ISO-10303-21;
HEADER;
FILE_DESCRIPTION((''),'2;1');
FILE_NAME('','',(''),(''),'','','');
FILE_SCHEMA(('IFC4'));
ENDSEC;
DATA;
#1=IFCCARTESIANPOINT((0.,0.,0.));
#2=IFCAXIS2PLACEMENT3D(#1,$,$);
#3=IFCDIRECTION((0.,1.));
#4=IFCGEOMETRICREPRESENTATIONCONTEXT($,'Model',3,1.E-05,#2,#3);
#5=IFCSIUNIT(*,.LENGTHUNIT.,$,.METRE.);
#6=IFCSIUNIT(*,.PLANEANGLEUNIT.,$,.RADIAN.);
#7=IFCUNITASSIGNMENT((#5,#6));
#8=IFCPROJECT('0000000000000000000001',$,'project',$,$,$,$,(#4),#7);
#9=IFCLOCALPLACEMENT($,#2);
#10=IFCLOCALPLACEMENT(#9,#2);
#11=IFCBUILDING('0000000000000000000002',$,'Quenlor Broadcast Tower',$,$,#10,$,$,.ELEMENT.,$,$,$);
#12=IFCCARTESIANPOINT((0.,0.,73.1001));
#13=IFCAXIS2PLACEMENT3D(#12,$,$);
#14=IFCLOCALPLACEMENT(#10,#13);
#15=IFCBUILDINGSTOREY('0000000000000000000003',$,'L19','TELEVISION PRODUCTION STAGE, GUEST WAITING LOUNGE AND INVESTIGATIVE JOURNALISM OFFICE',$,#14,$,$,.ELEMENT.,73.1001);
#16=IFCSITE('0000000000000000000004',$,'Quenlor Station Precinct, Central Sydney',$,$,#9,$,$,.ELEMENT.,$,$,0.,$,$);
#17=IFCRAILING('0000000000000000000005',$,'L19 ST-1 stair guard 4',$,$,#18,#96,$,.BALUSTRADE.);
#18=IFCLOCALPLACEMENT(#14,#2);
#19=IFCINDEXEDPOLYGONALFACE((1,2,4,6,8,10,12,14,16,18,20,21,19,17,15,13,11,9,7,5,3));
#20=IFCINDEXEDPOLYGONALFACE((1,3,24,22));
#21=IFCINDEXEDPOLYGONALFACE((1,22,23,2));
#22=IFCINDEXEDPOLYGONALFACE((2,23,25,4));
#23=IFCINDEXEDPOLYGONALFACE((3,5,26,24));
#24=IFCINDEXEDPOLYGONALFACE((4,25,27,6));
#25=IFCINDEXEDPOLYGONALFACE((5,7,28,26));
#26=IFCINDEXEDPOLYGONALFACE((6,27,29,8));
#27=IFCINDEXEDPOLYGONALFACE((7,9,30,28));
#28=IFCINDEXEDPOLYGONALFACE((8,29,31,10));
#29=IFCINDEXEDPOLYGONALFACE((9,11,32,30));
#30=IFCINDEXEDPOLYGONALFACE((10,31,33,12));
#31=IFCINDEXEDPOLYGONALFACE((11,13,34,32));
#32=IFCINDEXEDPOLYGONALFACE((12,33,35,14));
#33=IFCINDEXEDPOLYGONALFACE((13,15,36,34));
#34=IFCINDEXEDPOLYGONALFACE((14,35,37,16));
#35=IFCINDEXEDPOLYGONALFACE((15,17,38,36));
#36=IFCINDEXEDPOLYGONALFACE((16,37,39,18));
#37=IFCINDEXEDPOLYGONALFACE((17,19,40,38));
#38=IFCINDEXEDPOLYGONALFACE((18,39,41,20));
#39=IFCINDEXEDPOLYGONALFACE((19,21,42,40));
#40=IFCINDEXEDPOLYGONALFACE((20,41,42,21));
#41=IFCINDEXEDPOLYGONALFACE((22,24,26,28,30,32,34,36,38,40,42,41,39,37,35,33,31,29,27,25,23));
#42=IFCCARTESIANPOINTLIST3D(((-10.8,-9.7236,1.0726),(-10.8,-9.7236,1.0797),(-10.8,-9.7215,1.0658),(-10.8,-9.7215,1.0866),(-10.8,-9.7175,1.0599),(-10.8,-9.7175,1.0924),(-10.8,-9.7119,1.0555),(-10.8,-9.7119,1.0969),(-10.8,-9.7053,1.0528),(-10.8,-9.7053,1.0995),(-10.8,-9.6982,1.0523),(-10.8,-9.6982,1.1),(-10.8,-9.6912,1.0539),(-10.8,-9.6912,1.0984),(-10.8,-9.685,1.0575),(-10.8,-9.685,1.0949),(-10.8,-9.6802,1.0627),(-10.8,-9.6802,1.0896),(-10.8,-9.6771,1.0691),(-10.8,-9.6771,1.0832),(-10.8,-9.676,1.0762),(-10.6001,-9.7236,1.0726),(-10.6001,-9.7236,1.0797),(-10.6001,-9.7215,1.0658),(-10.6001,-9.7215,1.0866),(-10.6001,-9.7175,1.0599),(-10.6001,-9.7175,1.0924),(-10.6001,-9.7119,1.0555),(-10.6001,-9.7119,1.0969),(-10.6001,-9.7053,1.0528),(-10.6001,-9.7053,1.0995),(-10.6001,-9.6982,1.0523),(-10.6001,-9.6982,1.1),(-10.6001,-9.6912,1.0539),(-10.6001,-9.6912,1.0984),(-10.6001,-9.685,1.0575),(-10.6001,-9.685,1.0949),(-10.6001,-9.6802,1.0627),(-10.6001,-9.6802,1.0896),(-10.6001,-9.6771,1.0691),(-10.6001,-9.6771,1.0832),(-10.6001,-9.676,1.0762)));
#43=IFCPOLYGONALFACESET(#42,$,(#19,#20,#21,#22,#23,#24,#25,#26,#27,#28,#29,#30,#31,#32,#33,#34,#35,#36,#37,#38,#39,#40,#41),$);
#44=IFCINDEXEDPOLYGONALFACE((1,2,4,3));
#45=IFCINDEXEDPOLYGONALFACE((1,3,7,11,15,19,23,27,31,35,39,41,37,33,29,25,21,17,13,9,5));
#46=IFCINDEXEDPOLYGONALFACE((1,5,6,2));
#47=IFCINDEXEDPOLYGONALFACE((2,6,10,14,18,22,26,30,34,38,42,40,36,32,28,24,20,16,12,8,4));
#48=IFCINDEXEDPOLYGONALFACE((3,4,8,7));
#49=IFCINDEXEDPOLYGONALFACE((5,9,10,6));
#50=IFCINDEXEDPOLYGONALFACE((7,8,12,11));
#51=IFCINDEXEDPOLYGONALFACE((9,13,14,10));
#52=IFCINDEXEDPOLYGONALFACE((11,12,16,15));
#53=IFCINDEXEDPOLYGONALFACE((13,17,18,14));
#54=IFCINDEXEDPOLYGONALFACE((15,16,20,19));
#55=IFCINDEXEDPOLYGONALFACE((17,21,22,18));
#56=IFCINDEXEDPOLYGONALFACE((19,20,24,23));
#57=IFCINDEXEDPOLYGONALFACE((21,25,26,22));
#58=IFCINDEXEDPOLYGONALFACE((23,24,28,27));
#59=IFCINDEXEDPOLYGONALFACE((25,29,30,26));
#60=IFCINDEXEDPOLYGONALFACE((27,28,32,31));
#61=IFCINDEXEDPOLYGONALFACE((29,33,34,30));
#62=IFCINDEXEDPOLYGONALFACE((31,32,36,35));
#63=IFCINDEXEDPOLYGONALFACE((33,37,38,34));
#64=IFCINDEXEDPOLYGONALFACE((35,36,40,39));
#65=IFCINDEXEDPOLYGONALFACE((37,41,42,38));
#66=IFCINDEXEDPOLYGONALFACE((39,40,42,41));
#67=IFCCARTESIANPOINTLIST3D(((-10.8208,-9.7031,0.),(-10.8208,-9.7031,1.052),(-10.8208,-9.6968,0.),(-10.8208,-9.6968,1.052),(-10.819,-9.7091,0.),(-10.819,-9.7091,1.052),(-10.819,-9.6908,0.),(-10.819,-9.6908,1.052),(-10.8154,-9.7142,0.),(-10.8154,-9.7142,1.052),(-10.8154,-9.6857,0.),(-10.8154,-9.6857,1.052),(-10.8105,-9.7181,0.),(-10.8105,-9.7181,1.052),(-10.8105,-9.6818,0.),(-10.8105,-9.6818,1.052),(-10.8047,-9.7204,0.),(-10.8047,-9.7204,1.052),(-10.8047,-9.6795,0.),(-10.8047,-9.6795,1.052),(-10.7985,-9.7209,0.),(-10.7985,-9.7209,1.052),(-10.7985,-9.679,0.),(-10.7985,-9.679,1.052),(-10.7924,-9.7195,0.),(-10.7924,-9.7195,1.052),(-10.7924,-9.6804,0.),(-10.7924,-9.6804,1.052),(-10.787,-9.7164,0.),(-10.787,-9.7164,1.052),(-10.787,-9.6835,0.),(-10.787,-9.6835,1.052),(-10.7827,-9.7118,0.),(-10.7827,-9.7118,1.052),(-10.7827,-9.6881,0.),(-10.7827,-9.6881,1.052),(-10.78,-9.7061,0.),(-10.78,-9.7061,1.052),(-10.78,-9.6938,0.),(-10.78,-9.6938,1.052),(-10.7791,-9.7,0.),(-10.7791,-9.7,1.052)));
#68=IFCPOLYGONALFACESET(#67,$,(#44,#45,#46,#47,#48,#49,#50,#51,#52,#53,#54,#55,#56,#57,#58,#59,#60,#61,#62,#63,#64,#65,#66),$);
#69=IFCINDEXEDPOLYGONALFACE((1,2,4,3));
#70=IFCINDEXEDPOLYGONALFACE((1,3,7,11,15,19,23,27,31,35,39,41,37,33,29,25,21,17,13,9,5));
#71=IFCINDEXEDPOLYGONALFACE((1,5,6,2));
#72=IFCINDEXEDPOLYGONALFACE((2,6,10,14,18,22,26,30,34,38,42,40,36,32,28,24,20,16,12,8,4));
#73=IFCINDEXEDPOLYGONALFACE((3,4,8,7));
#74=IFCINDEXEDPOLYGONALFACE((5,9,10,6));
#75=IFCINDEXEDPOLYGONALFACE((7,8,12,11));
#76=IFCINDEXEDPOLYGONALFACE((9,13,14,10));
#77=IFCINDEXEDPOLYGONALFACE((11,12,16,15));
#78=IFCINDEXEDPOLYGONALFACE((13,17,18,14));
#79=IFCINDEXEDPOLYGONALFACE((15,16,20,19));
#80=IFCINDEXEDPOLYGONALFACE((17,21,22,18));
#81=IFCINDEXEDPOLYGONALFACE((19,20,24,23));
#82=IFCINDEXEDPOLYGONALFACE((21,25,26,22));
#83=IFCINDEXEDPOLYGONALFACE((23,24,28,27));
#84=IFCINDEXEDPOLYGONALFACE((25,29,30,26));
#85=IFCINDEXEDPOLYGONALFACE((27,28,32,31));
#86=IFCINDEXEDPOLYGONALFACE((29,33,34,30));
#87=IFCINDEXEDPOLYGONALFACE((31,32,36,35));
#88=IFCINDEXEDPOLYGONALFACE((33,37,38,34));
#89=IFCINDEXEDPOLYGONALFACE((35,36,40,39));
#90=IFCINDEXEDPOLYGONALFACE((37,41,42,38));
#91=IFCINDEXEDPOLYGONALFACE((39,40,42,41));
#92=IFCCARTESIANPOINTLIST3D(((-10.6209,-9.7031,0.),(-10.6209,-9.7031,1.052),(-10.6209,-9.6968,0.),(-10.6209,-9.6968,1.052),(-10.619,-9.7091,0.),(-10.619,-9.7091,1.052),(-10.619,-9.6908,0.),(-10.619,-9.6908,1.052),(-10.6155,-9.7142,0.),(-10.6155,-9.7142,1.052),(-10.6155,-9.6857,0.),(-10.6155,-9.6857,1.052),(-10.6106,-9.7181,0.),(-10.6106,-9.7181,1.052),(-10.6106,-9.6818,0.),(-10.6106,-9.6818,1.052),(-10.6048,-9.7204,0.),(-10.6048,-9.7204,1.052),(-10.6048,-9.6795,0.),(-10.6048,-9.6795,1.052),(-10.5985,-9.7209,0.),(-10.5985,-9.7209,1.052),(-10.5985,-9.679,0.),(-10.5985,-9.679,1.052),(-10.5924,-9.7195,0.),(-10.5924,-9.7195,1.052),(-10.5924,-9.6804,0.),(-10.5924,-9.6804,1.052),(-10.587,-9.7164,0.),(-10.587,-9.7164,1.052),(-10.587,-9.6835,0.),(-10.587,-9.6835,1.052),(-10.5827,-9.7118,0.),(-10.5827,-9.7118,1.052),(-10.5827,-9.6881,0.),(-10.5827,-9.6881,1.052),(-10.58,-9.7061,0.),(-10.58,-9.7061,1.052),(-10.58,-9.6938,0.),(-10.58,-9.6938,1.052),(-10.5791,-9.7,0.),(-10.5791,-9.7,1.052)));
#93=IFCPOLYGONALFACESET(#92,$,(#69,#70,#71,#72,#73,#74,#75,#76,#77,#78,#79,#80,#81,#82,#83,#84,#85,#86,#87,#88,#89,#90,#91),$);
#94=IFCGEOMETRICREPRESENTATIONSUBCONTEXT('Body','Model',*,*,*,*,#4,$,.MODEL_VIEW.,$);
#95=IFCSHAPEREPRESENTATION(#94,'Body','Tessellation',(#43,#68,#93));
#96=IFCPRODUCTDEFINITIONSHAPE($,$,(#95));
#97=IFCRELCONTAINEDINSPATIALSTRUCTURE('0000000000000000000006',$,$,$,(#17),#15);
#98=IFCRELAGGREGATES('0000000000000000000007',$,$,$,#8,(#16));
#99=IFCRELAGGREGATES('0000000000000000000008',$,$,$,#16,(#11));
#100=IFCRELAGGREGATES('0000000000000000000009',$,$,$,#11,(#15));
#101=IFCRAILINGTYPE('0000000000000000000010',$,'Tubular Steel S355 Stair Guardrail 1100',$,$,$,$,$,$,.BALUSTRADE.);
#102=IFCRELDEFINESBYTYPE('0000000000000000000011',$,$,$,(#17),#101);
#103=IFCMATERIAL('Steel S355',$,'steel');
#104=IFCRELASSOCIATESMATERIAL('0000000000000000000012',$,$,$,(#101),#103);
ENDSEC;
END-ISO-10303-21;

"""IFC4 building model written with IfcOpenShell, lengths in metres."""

from ifc_helpers import new_model, si_unit, direction, frame, origin, origin_2d, place, context, subcontext, project, spatial, circle, extrude, material, type_object, element, save


model = new_model("IFC4")

# Units and contexts
model_context = context("Model", 3, precision=1e-05, world=origin(), true_north=direction((0.0, 1.0)))
body_context = subcontext(model_context, "Body", "Model", "MODEL_VIEW")
ifc_project = project(units=[si_unit("LENGTHUNIT", "METRE"), si_unit("PLANEANGLEUNIT", "RADIAN")], contexts=[model_context])

# Site, building, storey
site_placement = place(None, origin())
site = spatial("IfcSite", under=ifc_project, at=site_placement, Name="Quenlor Station Precinct, Central Sydney", CompositionType="ELEMENT", RefElevation=0.0)
building_placement = place(site_placement, origin())
building = spatial("IfcBuilding", under=site, at=building_placement, Name="Quenlor Broadcast Tower", CompositionType="ELEMENT")
storey_placement = place(building_placement, frame((0.0, 0.0, 73.1001)))
storey = spatial("IfcBuildingStorey", under=building, at=storey_placement, Name="L19", Description="TELEVISION PRODUCTION STAGE, GUEST WAITING LOUNGE AND INVESTIGATIVE JOURNALISM OFFICE", CompositionType="ELEMENT", Elevation=73.1001)

# Railing
ifc_material_1 = material(Name="Steel S355", Category="steel")
railing_type_1 = type_object("IfcRailingType", Name="Tubular Steel S355 Stair Guardrail 1100", PredefinedType="BALUSTRADE", material=ifc_material_1)
railing_1_placement = place(storey_placement, frame((-10.8, -9.7, 0.0)))
element("IfcRailing", 1, at=railing_1_placement, inside=storey, type_object=railing_type_1, Name="L19 ST-1 stair guard 4", PredefinedType="BALUSTRADE", context=body_context, shape_type="SweptSolid", body=[
    extrude(circle(Radius=0.0239, at=origin_2d()), frame((0.0, 0.0, 1.0762), z_axis=(1.0, 0.0, 0.0), x_axis=(0.0, 1.0, 0.0)), (0.0, 0.0, 1.0), 0.2),
    extrude(circle(Radius=0.021, at=origin_2d()), origin(), (0.0, 0.0, 1.0), 1.052),
    extrude(circle(Radius=0.021, at=origin_2d()), frame((0.2, 0.0, 0.0)), (0.0, 0.0, 1.0), 1.052),
])

save(model, "model.ifc")
